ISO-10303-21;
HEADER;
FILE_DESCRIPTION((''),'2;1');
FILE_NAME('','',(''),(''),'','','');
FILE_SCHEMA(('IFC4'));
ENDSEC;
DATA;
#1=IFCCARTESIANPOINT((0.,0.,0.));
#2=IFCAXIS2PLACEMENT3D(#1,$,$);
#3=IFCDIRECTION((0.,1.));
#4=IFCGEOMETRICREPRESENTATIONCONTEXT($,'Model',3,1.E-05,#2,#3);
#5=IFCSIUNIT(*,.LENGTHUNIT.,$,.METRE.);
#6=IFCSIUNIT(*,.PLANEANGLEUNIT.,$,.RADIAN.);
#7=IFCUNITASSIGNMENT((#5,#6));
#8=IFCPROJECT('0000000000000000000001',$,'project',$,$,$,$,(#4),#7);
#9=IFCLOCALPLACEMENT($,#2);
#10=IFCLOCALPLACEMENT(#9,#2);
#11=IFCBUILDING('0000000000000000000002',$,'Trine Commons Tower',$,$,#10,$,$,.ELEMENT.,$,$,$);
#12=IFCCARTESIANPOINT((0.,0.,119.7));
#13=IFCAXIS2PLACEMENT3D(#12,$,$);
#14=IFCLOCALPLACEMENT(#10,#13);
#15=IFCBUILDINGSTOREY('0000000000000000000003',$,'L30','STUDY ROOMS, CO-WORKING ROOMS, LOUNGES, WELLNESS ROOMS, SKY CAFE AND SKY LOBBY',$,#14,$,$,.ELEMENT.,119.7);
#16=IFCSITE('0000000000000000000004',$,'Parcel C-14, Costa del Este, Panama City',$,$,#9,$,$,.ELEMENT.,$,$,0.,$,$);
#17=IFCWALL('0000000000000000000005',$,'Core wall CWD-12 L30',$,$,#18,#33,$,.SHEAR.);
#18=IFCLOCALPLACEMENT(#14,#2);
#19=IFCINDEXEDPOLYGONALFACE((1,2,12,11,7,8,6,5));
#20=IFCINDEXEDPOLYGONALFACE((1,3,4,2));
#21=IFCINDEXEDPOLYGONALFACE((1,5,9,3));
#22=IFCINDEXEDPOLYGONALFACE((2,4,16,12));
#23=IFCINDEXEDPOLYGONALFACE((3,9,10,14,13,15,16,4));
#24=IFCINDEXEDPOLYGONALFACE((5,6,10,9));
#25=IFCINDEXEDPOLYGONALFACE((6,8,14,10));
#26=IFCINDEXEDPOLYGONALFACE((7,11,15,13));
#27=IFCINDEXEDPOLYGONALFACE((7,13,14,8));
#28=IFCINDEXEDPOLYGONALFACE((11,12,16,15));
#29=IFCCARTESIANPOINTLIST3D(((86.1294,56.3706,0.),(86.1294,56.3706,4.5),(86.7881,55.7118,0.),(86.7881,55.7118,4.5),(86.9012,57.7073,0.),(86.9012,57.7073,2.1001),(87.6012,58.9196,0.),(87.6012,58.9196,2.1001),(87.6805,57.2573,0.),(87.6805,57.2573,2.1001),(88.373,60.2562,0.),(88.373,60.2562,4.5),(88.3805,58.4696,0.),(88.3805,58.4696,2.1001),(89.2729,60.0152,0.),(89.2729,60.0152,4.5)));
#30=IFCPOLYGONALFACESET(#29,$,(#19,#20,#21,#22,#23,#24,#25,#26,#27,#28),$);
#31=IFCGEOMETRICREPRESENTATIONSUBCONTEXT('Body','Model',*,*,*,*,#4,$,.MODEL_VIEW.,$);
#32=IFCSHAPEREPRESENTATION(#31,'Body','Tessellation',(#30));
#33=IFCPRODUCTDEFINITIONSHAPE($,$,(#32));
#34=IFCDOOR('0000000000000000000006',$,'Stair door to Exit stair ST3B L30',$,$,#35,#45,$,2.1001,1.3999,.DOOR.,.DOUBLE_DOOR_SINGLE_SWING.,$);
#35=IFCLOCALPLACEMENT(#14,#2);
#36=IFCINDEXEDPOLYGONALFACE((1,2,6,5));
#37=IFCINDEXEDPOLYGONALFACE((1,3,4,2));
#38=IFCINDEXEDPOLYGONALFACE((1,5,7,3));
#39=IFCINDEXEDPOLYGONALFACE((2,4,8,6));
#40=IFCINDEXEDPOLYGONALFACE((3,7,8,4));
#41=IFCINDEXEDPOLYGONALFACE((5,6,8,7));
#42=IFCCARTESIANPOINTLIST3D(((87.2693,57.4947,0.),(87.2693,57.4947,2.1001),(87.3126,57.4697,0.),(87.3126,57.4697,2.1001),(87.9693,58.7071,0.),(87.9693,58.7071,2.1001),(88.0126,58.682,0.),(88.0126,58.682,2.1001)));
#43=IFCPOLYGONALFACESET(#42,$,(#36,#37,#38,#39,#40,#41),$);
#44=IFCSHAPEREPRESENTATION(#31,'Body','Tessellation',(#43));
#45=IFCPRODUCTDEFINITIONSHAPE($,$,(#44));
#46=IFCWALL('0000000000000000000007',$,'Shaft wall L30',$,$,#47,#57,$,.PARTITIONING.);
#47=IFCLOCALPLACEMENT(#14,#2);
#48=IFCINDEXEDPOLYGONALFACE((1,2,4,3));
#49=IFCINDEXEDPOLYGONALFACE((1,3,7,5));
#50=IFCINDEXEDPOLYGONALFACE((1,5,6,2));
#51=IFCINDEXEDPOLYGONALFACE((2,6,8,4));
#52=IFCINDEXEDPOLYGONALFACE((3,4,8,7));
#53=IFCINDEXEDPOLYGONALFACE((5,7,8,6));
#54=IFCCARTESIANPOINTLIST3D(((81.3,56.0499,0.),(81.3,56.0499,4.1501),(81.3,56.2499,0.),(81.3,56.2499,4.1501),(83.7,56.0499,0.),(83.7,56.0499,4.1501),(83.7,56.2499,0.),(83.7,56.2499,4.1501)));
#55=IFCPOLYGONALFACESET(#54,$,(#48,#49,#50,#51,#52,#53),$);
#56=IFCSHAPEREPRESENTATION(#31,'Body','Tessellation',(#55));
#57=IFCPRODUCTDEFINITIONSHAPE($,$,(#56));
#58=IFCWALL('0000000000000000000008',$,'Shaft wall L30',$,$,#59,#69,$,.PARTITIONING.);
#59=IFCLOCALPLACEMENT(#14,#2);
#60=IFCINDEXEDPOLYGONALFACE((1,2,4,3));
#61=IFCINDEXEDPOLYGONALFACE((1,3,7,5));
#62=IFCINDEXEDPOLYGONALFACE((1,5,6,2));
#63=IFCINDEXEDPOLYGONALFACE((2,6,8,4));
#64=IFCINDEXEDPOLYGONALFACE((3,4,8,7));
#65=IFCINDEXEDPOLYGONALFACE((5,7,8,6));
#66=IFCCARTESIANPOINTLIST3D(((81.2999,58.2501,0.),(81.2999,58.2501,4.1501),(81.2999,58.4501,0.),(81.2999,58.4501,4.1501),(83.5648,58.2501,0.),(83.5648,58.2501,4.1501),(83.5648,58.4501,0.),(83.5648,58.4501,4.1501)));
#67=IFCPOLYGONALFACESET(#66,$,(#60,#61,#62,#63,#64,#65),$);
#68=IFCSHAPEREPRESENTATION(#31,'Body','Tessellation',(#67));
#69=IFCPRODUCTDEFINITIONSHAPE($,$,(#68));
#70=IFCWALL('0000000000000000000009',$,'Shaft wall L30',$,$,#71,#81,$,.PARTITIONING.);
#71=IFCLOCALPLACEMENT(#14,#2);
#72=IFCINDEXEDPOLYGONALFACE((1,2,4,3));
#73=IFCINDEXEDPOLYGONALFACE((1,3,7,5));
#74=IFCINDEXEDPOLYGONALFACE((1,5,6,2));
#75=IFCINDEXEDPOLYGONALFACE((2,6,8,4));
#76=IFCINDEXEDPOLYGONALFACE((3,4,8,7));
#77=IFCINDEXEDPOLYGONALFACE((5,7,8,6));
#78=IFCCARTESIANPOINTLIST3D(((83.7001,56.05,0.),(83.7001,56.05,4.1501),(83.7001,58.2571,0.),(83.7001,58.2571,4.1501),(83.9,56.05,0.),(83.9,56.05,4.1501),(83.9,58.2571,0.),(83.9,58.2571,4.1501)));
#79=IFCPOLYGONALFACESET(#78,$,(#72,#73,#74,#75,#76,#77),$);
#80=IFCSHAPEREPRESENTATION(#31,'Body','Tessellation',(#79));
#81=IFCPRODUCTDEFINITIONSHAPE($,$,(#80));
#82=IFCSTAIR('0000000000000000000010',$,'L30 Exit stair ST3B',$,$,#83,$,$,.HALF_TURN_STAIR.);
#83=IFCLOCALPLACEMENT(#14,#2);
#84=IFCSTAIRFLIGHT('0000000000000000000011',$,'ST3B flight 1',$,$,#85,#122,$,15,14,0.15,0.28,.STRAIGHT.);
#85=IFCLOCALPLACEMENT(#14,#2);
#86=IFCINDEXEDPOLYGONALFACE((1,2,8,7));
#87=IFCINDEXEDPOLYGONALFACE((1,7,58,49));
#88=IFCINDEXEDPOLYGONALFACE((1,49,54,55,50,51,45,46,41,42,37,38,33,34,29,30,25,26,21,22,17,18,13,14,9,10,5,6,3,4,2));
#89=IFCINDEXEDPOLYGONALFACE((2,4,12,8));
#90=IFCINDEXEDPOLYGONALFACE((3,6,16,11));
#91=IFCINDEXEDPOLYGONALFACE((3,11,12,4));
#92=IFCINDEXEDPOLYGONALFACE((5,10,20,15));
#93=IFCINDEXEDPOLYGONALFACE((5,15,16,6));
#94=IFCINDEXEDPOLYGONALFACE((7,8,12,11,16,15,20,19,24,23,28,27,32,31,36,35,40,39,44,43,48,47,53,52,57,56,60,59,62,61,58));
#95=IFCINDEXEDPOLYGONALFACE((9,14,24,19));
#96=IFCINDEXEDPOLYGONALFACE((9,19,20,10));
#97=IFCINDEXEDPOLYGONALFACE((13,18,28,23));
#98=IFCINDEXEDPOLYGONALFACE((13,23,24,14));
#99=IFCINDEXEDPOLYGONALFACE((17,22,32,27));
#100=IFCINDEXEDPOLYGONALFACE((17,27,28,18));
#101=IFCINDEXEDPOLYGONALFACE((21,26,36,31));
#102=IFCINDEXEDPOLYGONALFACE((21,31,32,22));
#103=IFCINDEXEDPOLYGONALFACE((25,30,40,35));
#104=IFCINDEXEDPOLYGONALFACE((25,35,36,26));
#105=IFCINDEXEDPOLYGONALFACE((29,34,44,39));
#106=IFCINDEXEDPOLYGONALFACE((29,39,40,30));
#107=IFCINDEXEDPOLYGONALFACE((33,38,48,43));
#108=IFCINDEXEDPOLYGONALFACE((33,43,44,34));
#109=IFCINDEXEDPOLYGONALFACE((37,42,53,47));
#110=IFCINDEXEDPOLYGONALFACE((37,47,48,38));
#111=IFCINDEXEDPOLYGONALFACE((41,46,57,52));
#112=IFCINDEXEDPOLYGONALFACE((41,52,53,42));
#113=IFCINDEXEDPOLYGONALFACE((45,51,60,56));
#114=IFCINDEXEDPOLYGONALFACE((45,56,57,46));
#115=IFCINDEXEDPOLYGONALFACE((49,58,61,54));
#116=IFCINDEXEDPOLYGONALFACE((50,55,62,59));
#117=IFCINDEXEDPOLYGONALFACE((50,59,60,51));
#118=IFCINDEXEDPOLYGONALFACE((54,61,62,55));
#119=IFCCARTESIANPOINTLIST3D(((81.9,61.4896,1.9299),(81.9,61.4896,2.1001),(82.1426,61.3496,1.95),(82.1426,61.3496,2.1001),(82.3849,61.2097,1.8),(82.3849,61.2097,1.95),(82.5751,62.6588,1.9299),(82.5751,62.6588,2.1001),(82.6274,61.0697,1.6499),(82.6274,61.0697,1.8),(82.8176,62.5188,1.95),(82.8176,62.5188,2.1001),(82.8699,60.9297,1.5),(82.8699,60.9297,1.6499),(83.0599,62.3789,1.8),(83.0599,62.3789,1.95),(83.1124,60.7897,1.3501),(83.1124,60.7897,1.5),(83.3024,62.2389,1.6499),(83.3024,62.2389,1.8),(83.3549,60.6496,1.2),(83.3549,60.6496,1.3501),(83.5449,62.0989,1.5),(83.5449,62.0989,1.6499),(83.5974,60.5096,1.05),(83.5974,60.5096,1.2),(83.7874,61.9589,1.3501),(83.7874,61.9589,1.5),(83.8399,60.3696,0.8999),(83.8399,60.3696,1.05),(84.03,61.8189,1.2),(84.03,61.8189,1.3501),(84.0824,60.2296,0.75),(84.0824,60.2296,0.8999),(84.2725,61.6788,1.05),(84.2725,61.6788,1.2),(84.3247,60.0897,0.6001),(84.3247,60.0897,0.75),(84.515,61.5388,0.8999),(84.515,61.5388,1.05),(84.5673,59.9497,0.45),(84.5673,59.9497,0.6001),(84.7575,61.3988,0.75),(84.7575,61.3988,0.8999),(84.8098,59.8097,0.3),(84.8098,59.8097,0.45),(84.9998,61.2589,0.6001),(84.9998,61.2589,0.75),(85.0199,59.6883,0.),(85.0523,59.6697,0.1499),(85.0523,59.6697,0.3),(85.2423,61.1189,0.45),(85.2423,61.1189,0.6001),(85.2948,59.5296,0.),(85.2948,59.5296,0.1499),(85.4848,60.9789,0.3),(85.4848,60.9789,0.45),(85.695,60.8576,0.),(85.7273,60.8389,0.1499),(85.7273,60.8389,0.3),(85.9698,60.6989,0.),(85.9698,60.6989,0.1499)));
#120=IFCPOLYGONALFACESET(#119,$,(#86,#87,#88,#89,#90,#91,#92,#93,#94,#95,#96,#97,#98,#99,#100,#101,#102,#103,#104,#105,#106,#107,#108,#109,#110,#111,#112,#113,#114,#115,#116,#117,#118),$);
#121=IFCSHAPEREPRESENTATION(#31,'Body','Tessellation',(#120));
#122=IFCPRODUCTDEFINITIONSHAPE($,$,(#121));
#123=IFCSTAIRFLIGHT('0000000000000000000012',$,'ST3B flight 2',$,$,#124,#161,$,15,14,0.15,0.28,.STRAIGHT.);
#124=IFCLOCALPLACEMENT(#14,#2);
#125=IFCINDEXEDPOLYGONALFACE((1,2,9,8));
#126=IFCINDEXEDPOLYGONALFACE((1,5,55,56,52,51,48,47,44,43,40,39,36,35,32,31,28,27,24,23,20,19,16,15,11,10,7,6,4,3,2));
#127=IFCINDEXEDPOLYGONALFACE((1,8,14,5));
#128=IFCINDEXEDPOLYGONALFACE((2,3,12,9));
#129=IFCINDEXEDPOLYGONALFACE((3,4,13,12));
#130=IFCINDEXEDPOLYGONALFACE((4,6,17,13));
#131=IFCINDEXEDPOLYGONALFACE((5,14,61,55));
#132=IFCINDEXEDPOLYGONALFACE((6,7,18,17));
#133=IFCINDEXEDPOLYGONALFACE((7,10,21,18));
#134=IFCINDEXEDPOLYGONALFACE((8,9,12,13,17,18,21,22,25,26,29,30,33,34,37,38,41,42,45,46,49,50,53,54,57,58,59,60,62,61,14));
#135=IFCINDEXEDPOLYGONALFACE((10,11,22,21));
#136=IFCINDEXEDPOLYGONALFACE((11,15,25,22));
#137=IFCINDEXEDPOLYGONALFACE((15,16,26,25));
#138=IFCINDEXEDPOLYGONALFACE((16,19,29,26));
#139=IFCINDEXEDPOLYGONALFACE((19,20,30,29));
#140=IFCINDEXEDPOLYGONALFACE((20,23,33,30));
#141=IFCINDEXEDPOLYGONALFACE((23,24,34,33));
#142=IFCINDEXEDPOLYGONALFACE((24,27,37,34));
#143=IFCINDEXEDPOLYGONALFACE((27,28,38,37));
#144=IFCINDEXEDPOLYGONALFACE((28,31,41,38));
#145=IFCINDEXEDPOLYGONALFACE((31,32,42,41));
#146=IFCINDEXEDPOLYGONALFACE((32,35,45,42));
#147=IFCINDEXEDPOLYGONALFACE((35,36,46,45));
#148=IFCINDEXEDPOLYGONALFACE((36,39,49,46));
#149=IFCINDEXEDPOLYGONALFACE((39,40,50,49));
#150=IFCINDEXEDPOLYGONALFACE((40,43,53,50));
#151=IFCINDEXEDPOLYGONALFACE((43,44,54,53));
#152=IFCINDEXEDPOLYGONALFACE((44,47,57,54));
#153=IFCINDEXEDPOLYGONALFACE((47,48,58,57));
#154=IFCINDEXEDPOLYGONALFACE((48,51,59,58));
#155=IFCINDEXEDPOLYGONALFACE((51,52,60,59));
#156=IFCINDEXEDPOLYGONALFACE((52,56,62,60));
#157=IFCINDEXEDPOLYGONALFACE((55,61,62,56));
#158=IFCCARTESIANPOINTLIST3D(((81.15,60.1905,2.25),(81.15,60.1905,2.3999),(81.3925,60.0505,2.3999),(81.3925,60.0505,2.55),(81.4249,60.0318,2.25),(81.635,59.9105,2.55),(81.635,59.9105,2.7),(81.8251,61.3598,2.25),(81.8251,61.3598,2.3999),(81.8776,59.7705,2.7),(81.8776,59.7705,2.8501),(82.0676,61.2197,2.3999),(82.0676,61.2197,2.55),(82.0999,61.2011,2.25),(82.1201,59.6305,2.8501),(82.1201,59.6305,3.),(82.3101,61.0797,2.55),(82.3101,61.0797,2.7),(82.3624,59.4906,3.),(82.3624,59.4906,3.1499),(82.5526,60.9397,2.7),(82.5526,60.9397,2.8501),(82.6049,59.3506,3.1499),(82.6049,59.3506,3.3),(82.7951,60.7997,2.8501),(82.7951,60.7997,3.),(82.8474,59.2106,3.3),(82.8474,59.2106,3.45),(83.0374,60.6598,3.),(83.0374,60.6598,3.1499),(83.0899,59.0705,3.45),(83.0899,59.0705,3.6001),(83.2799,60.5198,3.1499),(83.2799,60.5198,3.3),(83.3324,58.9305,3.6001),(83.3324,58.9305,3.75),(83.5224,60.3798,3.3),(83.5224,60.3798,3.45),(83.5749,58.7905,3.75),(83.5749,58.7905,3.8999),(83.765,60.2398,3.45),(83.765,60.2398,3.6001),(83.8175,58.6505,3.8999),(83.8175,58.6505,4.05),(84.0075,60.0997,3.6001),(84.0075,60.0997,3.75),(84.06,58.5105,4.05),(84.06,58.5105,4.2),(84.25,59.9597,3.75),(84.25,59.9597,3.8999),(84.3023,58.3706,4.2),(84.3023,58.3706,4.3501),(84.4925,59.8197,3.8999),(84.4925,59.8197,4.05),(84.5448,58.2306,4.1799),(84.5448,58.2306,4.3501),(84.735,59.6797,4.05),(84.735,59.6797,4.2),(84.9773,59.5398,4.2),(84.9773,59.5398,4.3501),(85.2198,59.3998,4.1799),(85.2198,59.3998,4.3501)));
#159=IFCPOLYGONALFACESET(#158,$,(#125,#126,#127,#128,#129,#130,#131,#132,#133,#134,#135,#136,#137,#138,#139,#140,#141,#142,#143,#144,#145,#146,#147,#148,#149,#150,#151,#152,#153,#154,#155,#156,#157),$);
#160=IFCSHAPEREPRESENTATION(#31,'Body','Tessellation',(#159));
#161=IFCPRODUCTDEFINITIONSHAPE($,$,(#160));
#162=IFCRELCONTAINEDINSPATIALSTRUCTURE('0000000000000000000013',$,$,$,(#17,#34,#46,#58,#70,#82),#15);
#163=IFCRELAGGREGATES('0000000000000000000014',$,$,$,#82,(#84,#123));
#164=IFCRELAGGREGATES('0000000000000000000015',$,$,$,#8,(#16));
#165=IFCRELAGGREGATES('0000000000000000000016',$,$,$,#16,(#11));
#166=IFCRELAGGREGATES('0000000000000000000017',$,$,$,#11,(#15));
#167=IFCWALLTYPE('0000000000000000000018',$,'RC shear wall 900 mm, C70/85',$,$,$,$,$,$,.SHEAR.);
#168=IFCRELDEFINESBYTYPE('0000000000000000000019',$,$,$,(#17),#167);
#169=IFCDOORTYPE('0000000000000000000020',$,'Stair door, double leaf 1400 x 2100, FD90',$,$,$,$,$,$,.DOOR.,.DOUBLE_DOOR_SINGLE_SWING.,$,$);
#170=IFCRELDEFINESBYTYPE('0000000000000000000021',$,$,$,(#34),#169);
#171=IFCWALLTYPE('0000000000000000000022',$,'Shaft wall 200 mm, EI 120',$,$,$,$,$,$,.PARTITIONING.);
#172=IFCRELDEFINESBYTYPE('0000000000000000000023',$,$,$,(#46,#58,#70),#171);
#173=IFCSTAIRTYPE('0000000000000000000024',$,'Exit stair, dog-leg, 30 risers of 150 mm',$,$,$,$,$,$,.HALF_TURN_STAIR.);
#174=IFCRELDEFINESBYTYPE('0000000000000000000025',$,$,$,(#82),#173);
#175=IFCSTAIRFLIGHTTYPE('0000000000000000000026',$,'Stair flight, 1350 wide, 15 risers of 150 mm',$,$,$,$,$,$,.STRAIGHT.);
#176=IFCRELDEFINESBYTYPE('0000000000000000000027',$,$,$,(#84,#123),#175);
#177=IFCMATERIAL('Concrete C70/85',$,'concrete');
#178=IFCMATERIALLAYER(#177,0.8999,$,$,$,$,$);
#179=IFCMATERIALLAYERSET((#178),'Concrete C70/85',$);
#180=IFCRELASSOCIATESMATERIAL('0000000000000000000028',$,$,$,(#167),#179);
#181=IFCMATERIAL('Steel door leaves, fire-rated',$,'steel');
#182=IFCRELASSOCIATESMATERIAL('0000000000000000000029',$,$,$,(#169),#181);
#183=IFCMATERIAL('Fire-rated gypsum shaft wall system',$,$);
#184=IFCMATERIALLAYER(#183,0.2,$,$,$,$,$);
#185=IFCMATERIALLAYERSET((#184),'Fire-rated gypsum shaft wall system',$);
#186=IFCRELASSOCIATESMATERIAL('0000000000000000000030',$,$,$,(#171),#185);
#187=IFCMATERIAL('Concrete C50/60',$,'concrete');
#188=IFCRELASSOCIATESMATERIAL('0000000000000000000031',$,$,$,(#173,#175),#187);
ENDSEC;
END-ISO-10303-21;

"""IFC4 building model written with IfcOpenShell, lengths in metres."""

from ifc_helpers import new_model, si_unit, direction, frame, frame_2d, origin, place, context, subcontext, project, spatial, polyline, rectangle, outline, extrude, material, layer, layer_set, type_object, element, fill, aggregate, save


model = new_model("IFC4")

# Units and contexts
model_context = context("Model", 3, precision=1e-05, world=origin(), true_north=direction((0.0, 1.0)))
body_context = subcontext(model_context, "Body", "Model", "MODEL_VIEW")
ifc_project = project(units=[si_unit("LENGTHUNIT", "METRE"), si_unit("PLANEANGLEUNIT", "RADIAN")], contexts=[model_context])

# Site, building, storey
site_placement = place(None, origin())
site = spatial("IfcSite", under=ifc_project, at=site_placement, Name="Parcel C-14, Costa del Este, Panama City", CompositionType="ELEMENT", RefElevation=0.0)
building_placement = place(site_placement, origin())
building = spatial("IfcBuilding", under=site, at=building_placement, Name="Trine Commons Tower", CompositionType="ELEMENT")
storey_placement = place(building_placement, frame((0.0, 0.0, 119.7)))
storey = spatial("IfcBuildingStorey", under=building, at=storey_placement, Name="L30", Description="STUDY ROOMS, CO-WORKING ROOMS, LOUNGES, WELLNESS ROOMS, SKY CAFE AND SKY LOBBY", CompositionType="ELEMENT", Elevation=119.7)

# Wall, opening, door
ifc_material_1 = material(Name="Concrete C70/85", Category="concrete")
ifc_layer_1 = layer(ifc_material_1, 0.8999)
ifc_layer_set_1 = layer_set([ifc_layer_1], Name="Concrete C70/85")
wall_type_1 = type_object("IfcWallType", Name="RC shear wall 900 mm, C70/85", PredefinedType="SHEAR", material=ifc_layer_set_1)
wall_1_placement = place(storey_placement, frame((86.3984, 55.9368, 0.0), z_axis=(0.0, 0.0, 1.0), x_axis=(0.500039, 0.866003, 0.0)))
wall_1 = element("IfcWall", 1, at=wall_1_placement, inside=storey, type_object=wall_type_1, Name="Core wall CWD-12 L30", PredefinedType="SHEAR", context=body_context, shape_type="SweptSolid", body=[
    extrude(outline(polyline([(0.0, -0.45), (4.9692, -0.45), (4.728, 0.45), (0.2412, 0.45), (0.0, -0.45)])), origin(), (0.0, 0.0, 1.0), 4.5),
])
opening_1_placement = place(wall_1_placement, frame((1.7847, 0.0, 0.0)))
opening_1 = element("IfcOpeningElement", 2, at=opening_1_placement, cuts=wall_1, PredefinedType="OPENING", context=body_context, shape_type="SweptSolid", body=[
    extrude(rectangle(XDim=1.3999, YDim=2.1001, at=frame_2d((0.7, 1.05))), frame((0.0, 0.46, 0.0), z_axis=(0.0, -1.0, 0.0), x_axis=(1.0, 0.0, 0.0)), (0.0, 0.0, 1.0), 0.9199),
])
ifc_material_2 = material(Name="Steel door leaves, fire-rated", Category="steel")
door_type_1 = type_object("IfcDoorType", Name="Stair door, double leaf 1400 x 2100, FD90", OperationType="DOUBLE_DOOR_SINGLE_SWING", PredefinedType="DOOR", material=ifc_material_2)
door_1_placement = place(opening_1_placement, origin())
door_1 = element("IfcDoor", 3, at=door_1_placement, inside=storey, type_object=door_type_1, Name="Stair door to Exit stair ST3B L30", OperationType="DOUBLE_DOOR_SINGLE_SWING", OverallHeight=2.1001, OverallWidth=1.3999, PredefinedType="DOOR", context=body_context, shape_type="SweptSolid", body=[
    extrude(rectangle(XDim=1.3999, YDim=2.1001, at=frame_2d((0.7, 1.05))), frame((0.0, 0.0249, 0.0), z_axis=(0.0, -1.0, 0.0), x_axis=(1.0, 0.0, 0.0)), (0.0, 0.0, 1.0), 0.05),
])
fill(opening_1, door_1)

# Walls
ifc_material_3 = material(Name="Fire-rated gypsum shaft wall system")
ifc_layer_2 = layer(ifc_material_3, 0.2)
ifc_layer_set_2 = layer_set([ifc_layer_2], Name="Fire-rated gypsum shaft wall system")
wall_type_2 = type_object("IfcWallType", Name="Shaft wall 200 mm, EI 120", PredefinedType="PARTITIONING", material=ifc_layer_set_2)
wall_2_placement = place(storey_placement, frame((81.3, 56.1499, 0.0), z_axis=(0.0, 0.0, 1.0), x_axis=(1.0, 0.0, 0.0)))
element("IfcWall", 4, at=wall_2_placement, inside=storey, type_object=wall_type_2, Name="Shaft wall L30", PredefinedType="PARTITIONING", context=body_context, shape_type="SweptSolid", body=[
    extrude(rectangle(XDim=2.3999, YDim=0.2, at=frame_2d((1.2, 0.0))), origin(), (0.0, 0.0, 1.0), 4.1501),
])
wall_3_placement = place(storey_placement, frame((81.3, 58.3501, 0.0), z_axis=(0.0, 0.0, 1.0), x_axis=(1.0, 0.0, 0.0)))
element("IfcWall", 5, at=wall_3_placement, inside=storey, type_object=wall_type_2, Name="Shaft wall L30", PredefinedType="PARTITIONING", context=body_context, shape_type="SweptSolid", body=[
    extrude(rectangle(XDim=2.2649, YDim=0.2, at=frame_2d((1.1323, 0.0))), origin(), (0.0, 0.0, 1.0), 4.1501),
])
wall_4_placement = place(storey_placement, frame((83.8, 58.2571, 0.0), z_axis=(0.0, 0.0, 1.0), x_axis=(0.0, -1.0, 0.0)))
element("IfcWall", 6, at=wall_4_placement, inside=storey, type_object=wall_type_2, Name="Shaft wall L30", PredefinedType="PARTITIONING", context=body_context, shape_type="SweptSolid", body=[
    extrude(rectangle(XDim=2.207, YDim=0.2, at=frame_2d((1.1035, 0.0))), origin(), (0.0, 0.0, 1.0), 4.1501),
])

# Stair, stair flights
ifc_material_4 = material(Name="Concrete C50/60", Category="concrete")
stair_type = type_object("IfcStairType", Name="Exit stair, dog-leg, 30 risers of 150 mm", PredefinedType="HALF_TURN_STAIR", material=ifc_material_4)
stair_placement = place(storey_placement, origin())
stair = element("IfcStair", 7, at=stair_placement, inside=storey, type_object=stair_type, Name="L30 Exit stair ST3B", PredefinedType="HALF_TURN_STAIR")
stair_flight_type = type_object("IfcStairFlightType", Name="Stair flight, 1350 wide, 15 risers of 150 mm", PredefinedType="STRAIGHT", material=ifc_material_4)
stair_flight_1_placement = place(storey_placement, frame((85.6323, 60.1143, 0.0), z_axis=(0.0, 0.0, 1.0), x_axis=(-0.866025, 0.5, 0.0)))
stair_flight_1 = element("IfcStairFlight", 8, at=stair_flight_1_placement, type_object=stair_flight_type, Name="ST3B flight 1", NumberOfRisers=15, NumberOfTreads=14, PredefinedType="STRAIGHT", RiserHeight=0.15, TreadLength=0.28, context=body_context, shape_type="SweptSolid", body=[
    extrude(outline(polyline([(0.0, 0.0), (0.0, 0.1499), (0.28, 0.1499), (0.28, 0.3), (0.5601, 0.3), (0.5601, 0.45), (0.8401, 0.45), (0.8401, 0.6001), (1.1201, 0.6001), (1.1201, 0.75), (1.3999, 0.75), (1.3999, 0.8999), (1.6799, 0.8999), (1.6799, 1.05), (1.96, 1.05), (1.96, 1.2), (2.24, 1.2), (2.24, 1.3501), (2.52, 1.3501), (2.52, 1.5), (2.8, 1.5), (2.8, 1.6499), (3.0801, 1.6499), (3.0801, 1.8), (3.3601, 1.8), (3.3601, 1.95), (3.6399, 1.95), (3.6399, 2.1001), (3.9199, 2.1001), (3.9199, 2.25), (3.9199, 1.9299), (0.3174, 0.0), (0.0, 0.0)])), frame((0.0, 0.675, 0.0), z_axis=(0.0, -1.0, 0.0), x_axis=(1.0, 0.0, 0.0)), (0.0, 0.0, 1.0), 1.3501),
])
stair_flight_2_placement = place(storey_placement, frame((81.4875, 60.7751, 2.25), z_axis=(0.0, 0.0, 1.0), x_axis=(0.866025, -0.5, 0.0)))
stair_flight_2 = element("IfcStairFlight", 9, at=stair_flight_2_placement, type_object=stair_flight_type, Name="ST3B flight 2", NumberOfRisers=15, NumberOfTreads=14, PredefinedType="STRAIGHT", RiserHeight=0.15, TreadLength=0.28, context=body_context, shape_type="SweptSolid", body=[
    extrude(outline(polyline([(0.0, 0.0), (0.0, 0.1499), (0.28, 0.1499), (0.28, 0.3), (0.5601, 0.3), (0.5601, 0.45), (0.8401, 0.45), (0.8401, 0.6001), (1.1201, 0.6001), (1.1201, 0.75), (1.3999, 0.75), (1.3999, 0.8999), (1.6799, 0.8999), (1.6799, 1.05), (1.96, 1.05), (1.96, 1.2), (2.24, 1.2), (2.24, 1.3501), (2.52, 1.3501), (2.52, 1.5), (2.8, 1.5), (2.8, 1.6499), (3.0801, 1.6499), (3.0801, 1.8), (3.3601, 1.8), (3.3601, 1.95), (3.6399, 1.95), (3.6399, 2.1001), (3.9199, 2.1001), (3.9199, 2.25), (3.9199, 1.9299), (0.3174, 0.0), (0.0, 0.0)])), frame((0.0, 0.675, 0.0), z_axis=(0.0, -1.0, 0.0), x_axis=(1.0, 0.0, 0.0)), (0.0, 0.0, 1.0), 1.3501),
])
aggregate(stair, [stair_flight_1, stair_flight_2])

save(model, "model.ifc")
